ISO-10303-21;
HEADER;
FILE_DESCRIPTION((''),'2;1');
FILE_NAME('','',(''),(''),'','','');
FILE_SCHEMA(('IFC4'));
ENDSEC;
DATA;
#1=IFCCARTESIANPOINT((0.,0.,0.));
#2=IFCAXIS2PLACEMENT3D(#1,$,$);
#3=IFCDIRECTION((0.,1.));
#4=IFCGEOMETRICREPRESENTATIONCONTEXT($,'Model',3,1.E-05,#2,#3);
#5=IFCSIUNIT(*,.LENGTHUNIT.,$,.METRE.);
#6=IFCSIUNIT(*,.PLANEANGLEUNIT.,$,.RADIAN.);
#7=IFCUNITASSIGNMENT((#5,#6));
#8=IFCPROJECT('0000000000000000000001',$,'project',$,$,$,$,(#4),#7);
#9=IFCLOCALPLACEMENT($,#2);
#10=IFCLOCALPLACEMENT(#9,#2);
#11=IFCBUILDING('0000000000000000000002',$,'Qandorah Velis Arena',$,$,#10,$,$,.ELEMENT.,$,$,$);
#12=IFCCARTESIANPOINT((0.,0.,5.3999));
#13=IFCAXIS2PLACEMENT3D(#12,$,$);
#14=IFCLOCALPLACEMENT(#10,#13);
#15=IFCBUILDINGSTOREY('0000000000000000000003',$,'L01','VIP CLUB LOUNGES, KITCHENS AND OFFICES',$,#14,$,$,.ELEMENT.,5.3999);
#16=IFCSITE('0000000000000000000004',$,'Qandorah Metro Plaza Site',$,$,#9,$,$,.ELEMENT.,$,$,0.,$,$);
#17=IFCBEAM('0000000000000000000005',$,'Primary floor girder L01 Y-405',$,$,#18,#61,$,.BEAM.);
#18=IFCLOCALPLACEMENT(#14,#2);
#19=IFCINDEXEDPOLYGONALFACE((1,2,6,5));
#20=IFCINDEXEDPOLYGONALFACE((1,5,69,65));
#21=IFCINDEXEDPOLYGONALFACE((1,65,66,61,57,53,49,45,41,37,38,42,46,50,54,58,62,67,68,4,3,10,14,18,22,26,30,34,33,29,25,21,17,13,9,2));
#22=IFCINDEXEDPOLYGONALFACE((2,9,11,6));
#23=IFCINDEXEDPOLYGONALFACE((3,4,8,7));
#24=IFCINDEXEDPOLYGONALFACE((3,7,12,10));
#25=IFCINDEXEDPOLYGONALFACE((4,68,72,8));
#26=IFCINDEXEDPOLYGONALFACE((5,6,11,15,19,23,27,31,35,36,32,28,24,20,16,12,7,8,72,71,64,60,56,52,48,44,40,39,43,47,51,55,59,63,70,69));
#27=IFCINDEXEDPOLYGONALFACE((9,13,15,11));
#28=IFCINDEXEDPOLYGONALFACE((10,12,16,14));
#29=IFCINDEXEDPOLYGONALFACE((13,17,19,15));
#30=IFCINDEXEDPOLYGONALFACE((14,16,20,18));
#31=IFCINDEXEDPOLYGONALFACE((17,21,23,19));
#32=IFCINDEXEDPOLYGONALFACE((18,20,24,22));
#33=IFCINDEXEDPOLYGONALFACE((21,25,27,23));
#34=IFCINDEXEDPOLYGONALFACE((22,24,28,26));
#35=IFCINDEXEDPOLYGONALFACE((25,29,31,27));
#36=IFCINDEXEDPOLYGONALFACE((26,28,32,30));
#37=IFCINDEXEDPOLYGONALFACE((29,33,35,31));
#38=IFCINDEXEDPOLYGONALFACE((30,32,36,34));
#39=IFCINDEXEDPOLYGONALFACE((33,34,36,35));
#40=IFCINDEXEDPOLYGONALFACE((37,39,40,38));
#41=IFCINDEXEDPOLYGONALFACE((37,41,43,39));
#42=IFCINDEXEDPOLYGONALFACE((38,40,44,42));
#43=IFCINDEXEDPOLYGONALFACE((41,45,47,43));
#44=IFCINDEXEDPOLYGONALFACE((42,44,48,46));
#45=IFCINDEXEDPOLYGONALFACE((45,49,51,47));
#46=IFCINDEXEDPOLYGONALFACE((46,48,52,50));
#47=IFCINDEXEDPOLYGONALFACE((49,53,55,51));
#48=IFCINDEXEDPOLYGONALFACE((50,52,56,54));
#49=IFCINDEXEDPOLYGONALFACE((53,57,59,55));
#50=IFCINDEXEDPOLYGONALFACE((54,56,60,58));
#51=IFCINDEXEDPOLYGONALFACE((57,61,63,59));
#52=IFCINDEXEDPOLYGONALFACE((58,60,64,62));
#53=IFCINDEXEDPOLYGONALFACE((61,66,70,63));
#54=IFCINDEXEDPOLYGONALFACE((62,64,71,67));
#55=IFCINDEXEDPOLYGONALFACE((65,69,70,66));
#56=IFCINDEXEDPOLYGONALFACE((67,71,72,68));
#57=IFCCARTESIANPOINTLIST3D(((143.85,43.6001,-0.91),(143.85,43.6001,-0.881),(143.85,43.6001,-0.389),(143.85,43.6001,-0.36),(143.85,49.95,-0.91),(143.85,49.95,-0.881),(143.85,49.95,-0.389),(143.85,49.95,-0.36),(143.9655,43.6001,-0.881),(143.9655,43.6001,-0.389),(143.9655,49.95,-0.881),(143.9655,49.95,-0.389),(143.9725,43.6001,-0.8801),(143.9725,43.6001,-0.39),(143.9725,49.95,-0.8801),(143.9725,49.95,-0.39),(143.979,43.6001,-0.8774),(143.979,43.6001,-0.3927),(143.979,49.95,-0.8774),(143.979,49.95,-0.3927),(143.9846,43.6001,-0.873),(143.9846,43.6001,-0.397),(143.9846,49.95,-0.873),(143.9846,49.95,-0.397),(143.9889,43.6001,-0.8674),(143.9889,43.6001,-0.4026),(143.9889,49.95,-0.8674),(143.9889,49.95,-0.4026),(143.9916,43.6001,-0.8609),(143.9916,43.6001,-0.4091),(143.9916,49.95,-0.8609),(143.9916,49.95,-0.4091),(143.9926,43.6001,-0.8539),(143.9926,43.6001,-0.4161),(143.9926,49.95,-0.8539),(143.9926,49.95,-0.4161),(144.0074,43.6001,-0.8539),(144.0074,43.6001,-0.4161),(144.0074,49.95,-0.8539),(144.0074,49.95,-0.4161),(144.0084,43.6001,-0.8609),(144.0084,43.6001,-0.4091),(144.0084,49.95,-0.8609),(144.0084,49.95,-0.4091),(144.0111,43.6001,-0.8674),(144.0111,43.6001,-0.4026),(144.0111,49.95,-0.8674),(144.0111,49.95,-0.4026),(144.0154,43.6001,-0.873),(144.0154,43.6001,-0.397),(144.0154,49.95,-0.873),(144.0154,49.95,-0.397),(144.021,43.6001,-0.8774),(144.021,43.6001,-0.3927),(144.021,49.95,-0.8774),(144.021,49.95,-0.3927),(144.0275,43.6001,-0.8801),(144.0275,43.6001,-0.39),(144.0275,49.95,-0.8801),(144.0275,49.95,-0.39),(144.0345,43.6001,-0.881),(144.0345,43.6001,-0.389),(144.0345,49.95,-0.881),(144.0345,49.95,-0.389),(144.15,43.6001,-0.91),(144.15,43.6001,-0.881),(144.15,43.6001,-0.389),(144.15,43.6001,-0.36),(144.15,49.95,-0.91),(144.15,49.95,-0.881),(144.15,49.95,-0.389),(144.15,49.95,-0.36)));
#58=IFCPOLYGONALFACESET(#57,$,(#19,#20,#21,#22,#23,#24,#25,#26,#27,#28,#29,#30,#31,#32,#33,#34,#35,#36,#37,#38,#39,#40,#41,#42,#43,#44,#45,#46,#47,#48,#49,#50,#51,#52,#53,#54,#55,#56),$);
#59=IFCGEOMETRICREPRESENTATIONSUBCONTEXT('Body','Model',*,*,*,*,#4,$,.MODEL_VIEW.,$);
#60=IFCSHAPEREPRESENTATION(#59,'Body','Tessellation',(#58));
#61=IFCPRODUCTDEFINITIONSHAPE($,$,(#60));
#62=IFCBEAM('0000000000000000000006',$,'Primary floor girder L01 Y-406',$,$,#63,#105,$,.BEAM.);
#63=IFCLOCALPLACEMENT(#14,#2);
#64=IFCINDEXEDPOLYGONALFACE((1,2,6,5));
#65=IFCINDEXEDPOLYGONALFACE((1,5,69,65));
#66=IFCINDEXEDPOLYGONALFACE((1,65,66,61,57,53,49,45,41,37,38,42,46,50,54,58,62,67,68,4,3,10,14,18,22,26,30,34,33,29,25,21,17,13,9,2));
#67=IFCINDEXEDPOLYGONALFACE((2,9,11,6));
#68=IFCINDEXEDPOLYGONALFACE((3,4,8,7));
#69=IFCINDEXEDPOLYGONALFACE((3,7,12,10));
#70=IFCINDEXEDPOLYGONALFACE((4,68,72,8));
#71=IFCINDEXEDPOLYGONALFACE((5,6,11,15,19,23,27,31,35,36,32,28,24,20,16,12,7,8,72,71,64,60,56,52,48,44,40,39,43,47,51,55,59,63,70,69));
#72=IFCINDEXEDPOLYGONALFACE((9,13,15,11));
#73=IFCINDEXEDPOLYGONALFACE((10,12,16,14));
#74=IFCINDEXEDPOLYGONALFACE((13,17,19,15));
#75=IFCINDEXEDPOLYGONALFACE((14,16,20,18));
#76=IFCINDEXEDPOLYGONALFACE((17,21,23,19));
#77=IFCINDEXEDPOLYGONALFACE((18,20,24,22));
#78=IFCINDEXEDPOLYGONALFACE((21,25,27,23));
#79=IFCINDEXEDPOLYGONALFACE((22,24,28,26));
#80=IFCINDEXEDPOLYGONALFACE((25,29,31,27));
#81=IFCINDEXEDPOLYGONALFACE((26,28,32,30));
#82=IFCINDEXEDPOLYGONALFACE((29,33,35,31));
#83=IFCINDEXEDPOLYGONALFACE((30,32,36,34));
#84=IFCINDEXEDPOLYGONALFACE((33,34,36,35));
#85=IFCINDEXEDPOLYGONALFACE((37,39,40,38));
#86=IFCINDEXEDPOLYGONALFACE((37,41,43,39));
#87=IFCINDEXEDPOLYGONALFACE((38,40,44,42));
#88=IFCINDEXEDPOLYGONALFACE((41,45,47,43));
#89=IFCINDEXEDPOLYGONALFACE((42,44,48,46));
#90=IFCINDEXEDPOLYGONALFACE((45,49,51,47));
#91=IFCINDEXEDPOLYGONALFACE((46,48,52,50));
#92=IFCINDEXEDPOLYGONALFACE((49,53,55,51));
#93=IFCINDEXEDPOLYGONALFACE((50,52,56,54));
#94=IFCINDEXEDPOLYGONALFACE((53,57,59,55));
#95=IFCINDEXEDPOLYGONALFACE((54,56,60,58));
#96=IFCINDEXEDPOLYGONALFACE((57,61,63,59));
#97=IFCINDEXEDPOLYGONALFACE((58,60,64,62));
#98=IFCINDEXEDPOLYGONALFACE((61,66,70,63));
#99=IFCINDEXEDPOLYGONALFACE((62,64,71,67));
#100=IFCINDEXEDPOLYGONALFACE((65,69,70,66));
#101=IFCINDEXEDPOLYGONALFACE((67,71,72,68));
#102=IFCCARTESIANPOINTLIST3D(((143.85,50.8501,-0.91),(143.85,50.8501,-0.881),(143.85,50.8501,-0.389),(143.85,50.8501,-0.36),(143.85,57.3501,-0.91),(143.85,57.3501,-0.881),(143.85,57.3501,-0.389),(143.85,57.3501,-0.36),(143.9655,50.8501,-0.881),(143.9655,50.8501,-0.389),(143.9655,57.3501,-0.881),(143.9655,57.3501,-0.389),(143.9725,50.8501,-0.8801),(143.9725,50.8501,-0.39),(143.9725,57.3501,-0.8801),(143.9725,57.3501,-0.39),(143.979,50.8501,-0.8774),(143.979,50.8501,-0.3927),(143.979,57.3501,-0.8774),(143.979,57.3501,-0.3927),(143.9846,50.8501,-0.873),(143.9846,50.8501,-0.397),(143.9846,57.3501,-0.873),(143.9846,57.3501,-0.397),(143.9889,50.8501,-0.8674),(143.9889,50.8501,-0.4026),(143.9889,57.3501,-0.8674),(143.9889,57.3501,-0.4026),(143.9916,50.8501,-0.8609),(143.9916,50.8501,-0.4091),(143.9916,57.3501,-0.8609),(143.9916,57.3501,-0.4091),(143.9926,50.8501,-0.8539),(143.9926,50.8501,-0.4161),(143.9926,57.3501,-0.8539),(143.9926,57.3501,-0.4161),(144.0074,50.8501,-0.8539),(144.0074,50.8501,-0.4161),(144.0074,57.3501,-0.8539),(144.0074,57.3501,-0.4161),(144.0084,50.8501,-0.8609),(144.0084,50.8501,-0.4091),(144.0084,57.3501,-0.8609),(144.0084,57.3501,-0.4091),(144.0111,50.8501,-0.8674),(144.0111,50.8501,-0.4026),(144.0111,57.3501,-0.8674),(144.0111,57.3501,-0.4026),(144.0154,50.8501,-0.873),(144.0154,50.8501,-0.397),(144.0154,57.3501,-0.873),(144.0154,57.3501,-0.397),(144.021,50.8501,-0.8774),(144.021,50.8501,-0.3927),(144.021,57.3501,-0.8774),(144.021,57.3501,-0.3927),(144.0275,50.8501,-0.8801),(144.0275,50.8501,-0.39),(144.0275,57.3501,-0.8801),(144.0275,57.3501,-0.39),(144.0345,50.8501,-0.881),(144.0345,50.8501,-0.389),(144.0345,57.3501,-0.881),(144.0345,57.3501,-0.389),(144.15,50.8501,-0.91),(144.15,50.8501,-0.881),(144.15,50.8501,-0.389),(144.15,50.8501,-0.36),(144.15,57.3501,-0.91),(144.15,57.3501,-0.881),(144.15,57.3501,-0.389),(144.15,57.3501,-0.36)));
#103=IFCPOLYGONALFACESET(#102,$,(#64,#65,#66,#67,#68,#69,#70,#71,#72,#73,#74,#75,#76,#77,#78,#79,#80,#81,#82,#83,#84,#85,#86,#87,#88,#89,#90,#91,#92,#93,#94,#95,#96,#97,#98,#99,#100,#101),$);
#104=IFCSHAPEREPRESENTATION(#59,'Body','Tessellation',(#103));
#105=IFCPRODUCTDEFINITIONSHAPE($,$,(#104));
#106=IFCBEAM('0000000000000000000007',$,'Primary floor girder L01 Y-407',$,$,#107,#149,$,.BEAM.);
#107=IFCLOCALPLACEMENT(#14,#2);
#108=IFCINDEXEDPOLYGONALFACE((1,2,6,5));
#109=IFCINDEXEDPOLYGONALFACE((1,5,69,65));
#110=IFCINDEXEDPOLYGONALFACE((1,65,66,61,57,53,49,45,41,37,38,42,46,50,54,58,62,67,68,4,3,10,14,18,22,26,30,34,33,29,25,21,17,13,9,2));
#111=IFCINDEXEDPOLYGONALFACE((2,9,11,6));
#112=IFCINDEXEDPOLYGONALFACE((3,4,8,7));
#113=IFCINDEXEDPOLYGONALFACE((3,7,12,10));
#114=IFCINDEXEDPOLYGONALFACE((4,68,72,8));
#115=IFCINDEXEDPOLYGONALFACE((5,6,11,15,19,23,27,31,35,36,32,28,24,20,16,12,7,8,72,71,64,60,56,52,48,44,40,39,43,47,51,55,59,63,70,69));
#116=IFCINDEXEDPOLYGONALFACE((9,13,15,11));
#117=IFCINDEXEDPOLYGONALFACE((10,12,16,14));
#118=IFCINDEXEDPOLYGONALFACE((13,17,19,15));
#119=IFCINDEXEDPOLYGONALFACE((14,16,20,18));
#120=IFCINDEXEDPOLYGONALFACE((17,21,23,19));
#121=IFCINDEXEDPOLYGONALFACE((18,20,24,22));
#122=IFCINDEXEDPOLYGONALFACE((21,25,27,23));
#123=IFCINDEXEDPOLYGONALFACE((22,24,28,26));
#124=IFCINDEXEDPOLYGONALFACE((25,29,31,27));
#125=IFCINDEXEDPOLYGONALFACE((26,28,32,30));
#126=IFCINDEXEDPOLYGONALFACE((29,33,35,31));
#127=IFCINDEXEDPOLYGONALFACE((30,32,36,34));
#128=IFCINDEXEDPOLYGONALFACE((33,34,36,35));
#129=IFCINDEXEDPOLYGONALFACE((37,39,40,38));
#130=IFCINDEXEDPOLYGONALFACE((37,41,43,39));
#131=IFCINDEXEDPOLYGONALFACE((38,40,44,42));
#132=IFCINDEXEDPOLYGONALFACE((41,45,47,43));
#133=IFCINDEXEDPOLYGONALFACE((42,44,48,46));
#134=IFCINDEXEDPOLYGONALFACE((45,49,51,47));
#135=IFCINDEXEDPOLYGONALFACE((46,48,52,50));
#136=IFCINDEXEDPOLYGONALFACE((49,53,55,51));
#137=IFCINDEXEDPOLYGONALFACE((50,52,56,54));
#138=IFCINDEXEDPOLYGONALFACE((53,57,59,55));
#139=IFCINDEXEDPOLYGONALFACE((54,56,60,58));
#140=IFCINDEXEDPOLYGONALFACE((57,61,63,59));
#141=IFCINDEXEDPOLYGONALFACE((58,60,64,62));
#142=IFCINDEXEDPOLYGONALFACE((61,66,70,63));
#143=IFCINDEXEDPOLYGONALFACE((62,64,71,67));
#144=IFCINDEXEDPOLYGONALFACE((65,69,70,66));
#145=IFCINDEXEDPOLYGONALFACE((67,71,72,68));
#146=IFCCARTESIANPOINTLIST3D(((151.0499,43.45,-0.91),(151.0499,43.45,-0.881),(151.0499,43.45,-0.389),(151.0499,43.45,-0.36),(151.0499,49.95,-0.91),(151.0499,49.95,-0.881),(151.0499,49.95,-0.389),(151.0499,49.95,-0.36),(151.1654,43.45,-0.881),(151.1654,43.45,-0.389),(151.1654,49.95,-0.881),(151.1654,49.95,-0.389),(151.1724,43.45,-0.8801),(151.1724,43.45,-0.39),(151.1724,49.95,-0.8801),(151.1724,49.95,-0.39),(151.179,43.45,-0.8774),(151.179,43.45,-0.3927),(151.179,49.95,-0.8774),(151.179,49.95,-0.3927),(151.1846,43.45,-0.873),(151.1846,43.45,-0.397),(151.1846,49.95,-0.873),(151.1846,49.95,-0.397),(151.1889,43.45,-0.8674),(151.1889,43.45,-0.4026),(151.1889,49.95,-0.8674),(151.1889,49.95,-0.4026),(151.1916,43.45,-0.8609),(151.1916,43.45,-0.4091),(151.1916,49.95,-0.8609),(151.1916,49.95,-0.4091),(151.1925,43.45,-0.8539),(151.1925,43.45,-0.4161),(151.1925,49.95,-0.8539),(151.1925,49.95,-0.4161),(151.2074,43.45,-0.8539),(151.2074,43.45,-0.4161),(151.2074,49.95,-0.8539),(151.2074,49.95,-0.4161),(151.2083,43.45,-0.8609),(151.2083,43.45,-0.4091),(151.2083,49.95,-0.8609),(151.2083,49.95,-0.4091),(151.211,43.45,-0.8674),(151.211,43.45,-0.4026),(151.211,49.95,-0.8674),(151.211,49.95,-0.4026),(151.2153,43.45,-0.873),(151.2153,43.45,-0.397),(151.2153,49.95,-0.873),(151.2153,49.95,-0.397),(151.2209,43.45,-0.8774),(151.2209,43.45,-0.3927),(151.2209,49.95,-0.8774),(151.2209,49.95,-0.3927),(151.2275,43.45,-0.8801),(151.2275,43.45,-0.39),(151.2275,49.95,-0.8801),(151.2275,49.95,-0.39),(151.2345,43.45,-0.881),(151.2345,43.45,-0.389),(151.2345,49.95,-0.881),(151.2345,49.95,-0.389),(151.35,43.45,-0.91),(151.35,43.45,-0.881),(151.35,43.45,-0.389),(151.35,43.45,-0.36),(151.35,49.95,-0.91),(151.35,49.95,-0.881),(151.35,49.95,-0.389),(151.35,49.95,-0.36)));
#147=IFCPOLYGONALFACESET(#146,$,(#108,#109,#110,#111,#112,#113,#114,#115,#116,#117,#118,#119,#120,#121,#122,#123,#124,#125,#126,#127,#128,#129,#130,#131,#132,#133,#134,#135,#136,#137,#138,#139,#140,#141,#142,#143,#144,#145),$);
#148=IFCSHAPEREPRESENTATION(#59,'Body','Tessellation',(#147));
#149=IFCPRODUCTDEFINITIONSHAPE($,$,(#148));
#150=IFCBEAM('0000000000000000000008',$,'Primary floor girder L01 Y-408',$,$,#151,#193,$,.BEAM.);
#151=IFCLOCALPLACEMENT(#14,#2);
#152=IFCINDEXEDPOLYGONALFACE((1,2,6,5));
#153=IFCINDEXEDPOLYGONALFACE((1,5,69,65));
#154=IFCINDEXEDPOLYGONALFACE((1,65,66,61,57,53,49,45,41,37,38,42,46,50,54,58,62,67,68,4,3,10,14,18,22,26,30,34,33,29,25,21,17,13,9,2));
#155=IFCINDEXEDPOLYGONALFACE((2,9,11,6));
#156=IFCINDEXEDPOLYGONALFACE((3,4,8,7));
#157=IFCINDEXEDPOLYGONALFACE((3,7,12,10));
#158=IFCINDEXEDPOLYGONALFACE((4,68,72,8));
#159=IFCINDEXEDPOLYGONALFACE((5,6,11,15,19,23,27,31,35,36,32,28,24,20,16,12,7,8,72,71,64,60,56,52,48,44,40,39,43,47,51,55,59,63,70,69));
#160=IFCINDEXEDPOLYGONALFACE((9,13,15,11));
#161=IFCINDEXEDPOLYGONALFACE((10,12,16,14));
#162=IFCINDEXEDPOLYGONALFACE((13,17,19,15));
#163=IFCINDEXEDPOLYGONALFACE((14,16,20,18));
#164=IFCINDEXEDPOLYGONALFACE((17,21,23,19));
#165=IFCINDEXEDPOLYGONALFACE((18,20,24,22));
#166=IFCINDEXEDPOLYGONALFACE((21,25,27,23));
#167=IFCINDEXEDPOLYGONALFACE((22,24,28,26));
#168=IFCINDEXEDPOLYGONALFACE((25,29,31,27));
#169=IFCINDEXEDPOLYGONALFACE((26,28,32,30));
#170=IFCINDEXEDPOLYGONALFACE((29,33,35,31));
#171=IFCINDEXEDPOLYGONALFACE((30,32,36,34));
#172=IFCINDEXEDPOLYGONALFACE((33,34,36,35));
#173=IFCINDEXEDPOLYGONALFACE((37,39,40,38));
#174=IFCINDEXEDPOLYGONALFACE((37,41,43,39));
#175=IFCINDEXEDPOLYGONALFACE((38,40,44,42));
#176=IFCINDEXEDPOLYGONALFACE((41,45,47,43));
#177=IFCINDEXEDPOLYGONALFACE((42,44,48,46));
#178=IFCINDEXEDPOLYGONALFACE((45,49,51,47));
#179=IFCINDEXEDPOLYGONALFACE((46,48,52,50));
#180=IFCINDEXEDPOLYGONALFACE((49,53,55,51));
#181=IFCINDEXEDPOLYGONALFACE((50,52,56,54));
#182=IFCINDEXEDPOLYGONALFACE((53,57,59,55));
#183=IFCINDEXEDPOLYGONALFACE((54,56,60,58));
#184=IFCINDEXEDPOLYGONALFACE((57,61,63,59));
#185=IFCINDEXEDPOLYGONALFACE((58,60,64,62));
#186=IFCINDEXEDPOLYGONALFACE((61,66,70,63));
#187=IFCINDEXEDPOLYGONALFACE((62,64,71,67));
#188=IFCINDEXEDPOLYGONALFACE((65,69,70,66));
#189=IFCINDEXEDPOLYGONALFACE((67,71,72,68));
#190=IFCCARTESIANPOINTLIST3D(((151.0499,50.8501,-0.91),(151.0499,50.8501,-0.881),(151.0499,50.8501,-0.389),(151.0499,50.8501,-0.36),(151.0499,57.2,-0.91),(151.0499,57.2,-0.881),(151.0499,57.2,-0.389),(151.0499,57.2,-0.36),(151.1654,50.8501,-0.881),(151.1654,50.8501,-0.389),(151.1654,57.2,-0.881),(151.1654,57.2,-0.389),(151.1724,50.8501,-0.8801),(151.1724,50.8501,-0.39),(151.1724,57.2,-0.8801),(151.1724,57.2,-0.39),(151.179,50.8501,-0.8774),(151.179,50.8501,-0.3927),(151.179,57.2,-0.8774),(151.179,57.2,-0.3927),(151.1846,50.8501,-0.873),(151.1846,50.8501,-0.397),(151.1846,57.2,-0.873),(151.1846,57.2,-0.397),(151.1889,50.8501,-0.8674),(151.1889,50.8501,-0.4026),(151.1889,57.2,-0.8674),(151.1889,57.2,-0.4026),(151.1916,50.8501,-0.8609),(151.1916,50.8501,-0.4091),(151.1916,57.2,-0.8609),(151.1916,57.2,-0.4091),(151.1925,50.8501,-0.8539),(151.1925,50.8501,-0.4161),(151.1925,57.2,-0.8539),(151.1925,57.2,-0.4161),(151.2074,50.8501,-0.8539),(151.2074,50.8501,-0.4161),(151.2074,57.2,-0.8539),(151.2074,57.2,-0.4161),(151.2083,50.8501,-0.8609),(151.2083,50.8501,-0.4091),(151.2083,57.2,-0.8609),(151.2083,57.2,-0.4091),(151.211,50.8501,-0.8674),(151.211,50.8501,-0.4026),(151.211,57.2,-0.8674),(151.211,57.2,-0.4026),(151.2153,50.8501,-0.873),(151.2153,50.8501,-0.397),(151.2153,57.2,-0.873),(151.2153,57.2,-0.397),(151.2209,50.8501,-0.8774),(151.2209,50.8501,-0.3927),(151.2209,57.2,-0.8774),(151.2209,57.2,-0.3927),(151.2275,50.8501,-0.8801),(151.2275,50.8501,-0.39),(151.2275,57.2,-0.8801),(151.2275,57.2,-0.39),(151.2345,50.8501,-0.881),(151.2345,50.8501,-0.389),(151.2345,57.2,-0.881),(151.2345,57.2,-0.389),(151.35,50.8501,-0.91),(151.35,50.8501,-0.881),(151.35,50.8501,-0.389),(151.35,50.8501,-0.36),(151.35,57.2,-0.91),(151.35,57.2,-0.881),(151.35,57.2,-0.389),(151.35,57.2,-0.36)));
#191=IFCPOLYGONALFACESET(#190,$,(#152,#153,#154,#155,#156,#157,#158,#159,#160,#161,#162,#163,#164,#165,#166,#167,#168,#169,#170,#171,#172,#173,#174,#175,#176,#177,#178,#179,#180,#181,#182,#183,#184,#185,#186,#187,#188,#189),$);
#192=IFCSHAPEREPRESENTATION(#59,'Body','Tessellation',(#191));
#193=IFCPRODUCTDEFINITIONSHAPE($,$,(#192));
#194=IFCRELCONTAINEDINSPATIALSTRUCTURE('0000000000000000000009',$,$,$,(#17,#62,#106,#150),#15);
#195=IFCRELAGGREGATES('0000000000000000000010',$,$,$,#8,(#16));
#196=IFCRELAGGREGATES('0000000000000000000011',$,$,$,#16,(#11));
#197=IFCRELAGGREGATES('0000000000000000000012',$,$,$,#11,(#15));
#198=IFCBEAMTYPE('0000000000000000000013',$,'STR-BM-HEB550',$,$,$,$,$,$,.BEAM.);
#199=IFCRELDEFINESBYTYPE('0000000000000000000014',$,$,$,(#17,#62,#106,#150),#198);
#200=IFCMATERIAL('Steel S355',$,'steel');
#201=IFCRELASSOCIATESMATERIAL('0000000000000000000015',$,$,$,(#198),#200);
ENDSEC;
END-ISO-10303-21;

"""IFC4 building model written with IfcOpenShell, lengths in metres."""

from ifc_helpers import new_model, si_unit, direction, frame, origin, origin_2d, place, context, subcontext, project, spatial, i_section, extrude, material, material_profile, profile_set, type_object, element, save


model = new_model("IFC4")

# Units and contexts
model_context = context("Model", 3, precision=1e-05, world=origin(), true_north=direction((0.0, 1.0)))
body_context = subcontext(model_context, "Body", "Model", "MODEL_VIEW")
ifc_project = project(units=[si_unit("LENGTHUNIT", "METRE"), si_unit("PLANEANGLEUNIT", "RADIAN")], contexts=[model_context])

# Site, building, storey
site_placement = place(None, origin())
site = spatial("IfcSite", under=ifc_project, at=site_placement, Name="Qandorah Metro Plaza Site", CompositionType="ELEMENT", RefElevation=0.0)
building_placement = place(site_placement, origin())
building = spatial("IfcBuilding", under=site, at=building_placement, Name="Qandorah Velis Arena", CompositionType="ELEMENT")
storey_placement = place(building_placement, frame((0.0, 0.0, 5.3999)))
storey = spatial("IfcBuildingStorey", under=building, at=storey_placement, Name="L01", Description="VIP CLUB LOUNGES, KITCHENS AND OFFICES", CompositionType="ELEMENT", Elevation=5.3999)

# Beams
ifc_material_1 = material(Name="Steel S355", Category="steel")
ifc_material_profile_1 = material_profile(ifc_material_1, i_section(OverallWidth=0.3, OverallDepth=0.55, WebThickness=0.0149, FlangeThickness=0.0291, FilletRadius=0.0271, at=origin_2d()), Name="HEB 550")
ifc_profile_set_1 = profile_set([ifc_material_profile_1], Name="Steel S355")
beam_type_1 = type_object("IfcBeamType", Name="STR-BM-HEB550", PredefinedType="BEAM", material=ifc_profile_set_1)
beam_1_placement = place(storey_placement, frame((144.0, 43.6001, -0.635), z_axis=(0.0, 1.0, 0.0), x_axis=(-1.0, 0.0, 0.0)))
element("IfcBeam", 1, at=beam_1_placement, inside=storey, type_object=beam_type_1, Name="Primary floor girder L01 Y-405", PredefinedType="BEAM", context=body_context, shape_type="SweptSolid", body=[
    extrude(i_section(OverallWidth=0.3, OverallDepth=0.55, WebThickness=0.0149, FlangeThickness=0.0291, FilletRadius=0.0271, at=origin_2d()), origin(), (0.0, 0.0, 1.0), 6.3499),
])
for number, where, z_axis, x_axis, name in (
    (2, (144.0, 50.8501, -0.635), (0.0, 1.0, 0.0), (-1.0, 0.0, 0.0), "Primary floor girder L01 Y-406"),
    (3, (151.2, 43.45, -0.635), (0.0, 1.0, 0.0), (-1.0, 0.0, 0.0), "Primary floor girder L01 Y-407"),
):
    element("IfcBeam", number, at=place(storey_placement, frame(where, z_axis=z_axis, x_axis=x_axis)), inside=storey, type_object=beam_type_1, Name=name, PredefinedType="BEAM", context=body_context, shape_type="SweptSolid", body=[
        extrude(i_section(OverallWidth=0.3, OverallDepth=0.55, WebThickness=0.0149, FlangeThickness=0.0291, FilletRadius=0.0271, at=origin_2d()), origin(), (0.0, 0.0, 1.0), 6.5),
    ])
beam_2_placement = place(storey_placement, frame((151.2, 50.8501, -0.635), z_axis=(0.0, 1.0, 0.0), x_axis=(-1.0, 0.0, 0.0)))
element("IfcBeam", 4, at=beam_2_placement, inside=storey, type_object=beam_type_1, Name="Primary floor girder L01 Y-408", PredefinedType="BEAM", context=body_context, shape_type="SweptSolid", body=[
    extrude(i_section(OverallWidth=0.3, OverallDepth=0.55, WebThickness=0.0149, FlangeThickness=0.0291, FilletRadius=0.0271, at=origin_2d()), origin(), (0.0, 0.0, 1.0), 6.3499),
])

save(model, "model.ifc")
